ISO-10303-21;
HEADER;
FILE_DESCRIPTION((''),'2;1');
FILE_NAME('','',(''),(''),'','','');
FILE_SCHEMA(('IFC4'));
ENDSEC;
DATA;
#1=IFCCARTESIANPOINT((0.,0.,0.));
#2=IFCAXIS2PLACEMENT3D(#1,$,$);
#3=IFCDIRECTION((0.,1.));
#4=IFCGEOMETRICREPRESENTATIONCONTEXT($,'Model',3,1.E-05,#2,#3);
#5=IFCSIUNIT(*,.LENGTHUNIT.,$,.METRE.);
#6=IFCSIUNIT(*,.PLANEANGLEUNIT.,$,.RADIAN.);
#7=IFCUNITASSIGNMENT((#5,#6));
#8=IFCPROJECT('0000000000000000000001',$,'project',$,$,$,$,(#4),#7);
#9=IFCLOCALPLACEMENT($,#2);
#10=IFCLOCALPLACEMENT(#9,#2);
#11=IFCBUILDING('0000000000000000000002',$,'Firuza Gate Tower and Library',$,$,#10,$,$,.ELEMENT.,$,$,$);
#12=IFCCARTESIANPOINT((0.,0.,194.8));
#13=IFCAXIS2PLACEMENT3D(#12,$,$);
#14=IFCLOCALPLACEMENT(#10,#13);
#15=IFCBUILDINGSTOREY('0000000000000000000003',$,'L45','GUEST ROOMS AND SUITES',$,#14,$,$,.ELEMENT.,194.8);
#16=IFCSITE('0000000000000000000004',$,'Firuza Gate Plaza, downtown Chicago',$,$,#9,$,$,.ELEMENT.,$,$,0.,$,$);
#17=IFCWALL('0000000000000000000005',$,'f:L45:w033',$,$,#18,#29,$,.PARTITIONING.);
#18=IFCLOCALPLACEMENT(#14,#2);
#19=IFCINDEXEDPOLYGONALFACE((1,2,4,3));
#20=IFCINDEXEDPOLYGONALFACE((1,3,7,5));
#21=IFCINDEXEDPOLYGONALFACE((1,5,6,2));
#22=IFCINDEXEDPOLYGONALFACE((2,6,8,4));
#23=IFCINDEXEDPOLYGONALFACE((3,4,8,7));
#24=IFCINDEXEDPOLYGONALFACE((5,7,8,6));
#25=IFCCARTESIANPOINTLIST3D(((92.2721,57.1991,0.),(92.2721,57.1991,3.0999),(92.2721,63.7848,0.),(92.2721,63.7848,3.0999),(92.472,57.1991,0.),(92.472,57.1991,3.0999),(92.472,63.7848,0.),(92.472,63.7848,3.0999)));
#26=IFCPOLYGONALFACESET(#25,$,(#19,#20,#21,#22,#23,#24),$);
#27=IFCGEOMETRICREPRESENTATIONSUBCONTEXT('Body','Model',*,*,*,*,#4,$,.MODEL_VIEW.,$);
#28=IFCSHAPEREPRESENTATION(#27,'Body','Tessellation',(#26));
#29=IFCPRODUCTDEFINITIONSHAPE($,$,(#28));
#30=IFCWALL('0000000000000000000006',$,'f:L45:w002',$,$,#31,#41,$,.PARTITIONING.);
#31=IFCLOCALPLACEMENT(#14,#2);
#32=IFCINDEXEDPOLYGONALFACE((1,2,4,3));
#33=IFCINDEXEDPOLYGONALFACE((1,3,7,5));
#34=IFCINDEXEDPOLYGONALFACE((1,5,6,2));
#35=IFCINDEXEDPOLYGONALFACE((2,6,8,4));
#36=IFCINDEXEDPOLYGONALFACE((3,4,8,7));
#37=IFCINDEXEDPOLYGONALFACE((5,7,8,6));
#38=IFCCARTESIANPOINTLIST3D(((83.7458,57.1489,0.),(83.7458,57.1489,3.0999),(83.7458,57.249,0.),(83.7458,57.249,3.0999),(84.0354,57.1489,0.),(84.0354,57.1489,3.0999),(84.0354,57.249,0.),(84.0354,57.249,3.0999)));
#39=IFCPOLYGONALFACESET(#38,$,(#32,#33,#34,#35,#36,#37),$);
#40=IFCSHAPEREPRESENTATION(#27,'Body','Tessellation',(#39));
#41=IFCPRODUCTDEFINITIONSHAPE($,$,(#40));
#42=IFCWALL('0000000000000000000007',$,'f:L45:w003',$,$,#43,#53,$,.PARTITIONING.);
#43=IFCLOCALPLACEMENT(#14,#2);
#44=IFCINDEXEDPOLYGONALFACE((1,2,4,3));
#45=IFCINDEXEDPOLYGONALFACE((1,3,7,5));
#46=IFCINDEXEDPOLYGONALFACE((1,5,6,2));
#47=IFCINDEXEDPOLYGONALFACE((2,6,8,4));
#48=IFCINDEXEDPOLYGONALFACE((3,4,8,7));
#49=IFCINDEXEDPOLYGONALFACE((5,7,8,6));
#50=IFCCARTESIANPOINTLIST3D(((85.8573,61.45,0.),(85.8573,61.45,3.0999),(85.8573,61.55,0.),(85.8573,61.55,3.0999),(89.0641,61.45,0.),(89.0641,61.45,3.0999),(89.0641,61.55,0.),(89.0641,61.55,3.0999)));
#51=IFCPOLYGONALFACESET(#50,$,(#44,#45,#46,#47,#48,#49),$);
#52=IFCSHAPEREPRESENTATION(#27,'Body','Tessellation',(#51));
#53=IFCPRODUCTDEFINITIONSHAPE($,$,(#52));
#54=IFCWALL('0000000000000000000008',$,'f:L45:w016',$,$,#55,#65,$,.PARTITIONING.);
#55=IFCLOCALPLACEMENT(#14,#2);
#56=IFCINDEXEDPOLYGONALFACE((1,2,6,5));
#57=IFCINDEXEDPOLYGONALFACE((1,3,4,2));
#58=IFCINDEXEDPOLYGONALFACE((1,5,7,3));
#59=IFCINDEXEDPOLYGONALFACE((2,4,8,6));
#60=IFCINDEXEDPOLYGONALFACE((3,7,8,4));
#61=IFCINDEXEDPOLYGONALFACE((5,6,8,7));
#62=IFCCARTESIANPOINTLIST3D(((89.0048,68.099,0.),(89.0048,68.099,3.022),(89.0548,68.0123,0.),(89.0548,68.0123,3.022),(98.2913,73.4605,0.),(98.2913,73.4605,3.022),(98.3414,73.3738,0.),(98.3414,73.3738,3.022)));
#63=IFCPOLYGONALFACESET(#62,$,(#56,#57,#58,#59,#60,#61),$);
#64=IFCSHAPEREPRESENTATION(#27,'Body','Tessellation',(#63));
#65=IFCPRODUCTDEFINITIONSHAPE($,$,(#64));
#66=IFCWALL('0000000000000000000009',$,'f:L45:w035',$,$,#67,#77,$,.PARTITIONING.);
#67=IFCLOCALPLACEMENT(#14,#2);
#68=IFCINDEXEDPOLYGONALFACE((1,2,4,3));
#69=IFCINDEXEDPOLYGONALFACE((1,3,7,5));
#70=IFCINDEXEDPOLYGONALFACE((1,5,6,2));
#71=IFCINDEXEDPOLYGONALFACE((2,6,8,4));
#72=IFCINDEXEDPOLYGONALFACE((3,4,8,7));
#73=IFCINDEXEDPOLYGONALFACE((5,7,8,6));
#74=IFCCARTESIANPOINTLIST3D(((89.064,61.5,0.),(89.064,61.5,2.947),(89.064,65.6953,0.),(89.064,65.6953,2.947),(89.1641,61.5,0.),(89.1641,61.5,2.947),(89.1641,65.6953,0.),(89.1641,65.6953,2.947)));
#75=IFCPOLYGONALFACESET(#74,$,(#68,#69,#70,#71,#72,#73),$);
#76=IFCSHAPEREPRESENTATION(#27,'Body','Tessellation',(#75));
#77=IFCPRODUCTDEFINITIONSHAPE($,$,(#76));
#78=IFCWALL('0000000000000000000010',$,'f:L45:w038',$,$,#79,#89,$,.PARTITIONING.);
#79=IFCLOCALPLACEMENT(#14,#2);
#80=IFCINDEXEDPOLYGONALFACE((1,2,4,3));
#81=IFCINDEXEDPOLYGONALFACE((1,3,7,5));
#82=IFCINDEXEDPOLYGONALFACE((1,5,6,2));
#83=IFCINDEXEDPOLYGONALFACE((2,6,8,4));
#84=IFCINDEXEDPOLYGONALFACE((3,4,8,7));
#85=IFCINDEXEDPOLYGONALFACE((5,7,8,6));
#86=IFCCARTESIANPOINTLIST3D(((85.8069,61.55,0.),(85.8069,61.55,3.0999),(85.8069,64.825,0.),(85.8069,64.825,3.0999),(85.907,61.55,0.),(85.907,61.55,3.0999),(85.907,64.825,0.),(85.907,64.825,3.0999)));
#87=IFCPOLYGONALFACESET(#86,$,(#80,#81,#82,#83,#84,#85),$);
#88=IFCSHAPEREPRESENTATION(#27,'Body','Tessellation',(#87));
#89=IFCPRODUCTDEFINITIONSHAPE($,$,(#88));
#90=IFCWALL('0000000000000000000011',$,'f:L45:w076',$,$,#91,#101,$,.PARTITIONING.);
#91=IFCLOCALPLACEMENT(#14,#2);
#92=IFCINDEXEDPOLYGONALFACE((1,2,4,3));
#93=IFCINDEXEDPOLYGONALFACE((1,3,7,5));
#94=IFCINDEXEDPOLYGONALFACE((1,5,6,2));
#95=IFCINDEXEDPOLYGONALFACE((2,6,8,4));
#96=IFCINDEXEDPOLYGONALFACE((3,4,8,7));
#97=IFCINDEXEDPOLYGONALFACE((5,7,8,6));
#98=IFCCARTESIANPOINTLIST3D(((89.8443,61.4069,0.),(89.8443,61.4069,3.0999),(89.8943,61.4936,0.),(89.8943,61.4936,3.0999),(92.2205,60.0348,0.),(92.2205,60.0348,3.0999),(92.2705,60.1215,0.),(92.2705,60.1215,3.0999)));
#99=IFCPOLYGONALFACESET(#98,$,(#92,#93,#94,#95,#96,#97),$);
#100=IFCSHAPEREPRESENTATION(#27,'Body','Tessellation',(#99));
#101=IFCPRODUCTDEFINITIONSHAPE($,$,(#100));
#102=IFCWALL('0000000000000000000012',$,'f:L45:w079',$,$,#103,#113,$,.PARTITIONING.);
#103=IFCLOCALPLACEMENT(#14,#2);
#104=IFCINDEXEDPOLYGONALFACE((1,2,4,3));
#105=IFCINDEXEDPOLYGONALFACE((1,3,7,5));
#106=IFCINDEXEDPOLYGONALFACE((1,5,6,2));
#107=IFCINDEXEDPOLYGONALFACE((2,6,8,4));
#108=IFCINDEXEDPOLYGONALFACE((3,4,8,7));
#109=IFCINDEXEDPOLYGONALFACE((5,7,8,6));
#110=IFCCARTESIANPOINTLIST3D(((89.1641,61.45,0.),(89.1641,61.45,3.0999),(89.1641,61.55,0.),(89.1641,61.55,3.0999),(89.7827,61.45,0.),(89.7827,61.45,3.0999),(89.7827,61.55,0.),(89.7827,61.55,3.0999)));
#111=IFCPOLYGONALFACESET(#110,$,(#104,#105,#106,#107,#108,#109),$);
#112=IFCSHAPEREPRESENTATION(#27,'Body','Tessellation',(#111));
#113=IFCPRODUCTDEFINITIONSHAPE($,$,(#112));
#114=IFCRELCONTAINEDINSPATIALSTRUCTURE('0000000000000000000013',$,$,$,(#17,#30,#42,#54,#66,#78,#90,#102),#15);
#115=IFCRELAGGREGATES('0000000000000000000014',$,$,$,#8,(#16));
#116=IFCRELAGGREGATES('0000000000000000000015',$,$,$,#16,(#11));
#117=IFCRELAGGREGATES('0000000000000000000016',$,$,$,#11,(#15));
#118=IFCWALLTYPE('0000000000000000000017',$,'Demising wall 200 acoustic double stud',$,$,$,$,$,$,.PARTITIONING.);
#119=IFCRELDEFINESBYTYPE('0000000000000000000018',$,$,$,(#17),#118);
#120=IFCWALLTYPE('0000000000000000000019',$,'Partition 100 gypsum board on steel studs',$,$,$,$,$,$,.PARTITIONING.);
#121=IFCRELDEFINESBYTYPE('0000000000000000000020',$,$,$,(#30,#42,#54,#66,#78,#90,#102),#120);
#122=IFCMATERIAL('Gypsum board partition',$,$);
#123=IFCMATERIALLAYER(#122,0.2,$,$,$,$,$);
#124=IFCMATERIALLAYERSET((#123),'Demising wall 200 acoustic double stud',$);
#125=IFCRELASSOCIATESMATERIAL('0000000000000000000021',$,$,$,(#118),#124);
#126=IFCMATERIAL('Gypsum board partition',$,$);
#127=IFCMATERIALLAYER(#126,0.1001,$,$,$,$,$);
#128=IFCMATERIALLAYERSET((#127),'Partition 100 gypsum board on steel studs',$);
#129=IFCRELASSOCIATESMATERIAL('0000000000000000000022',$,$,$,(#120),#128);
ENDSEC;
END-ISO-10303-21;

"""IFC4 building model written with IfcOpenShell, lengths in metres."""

from ifc_helpers import new_model, si_unit, direction, frame, frame_2d, origin, place, context, subcontext, project, spatial, rectangle, extrude, material, layer, layer_set, type_object, element, save


model = new_model("IFC4")

# Units and contexts
model_context = context("Model", 3, precision=1e-05, world=origin(), true_north=direction((0.0, 1.0)))
body_context = subcontext(model_context, "Body", "Model", "MODEL_VIEW")
ifc_project = project(units=[si_unit("LENGTHUNIT", "METRE"), si_unit("PLANEANGLEUNIT", "RADIAN")], contexts=[model_context])

# Site, building, storey
site_placement = place(None, origin())
site = spatial("IfcSite", under=ifc_project, at=site_placement, Name="Firuza Gate Plaza, downtown Chicago", CompositionType="ELEMENT", RefElevation=0.0)
building_placement = place(site_placement, origin())
building = spatial("IfcBuilding", under=site, at=building_placement, Name="Firuza Gate Tower and Library", CompositionType="ELEMENT")
storey_placement = place(building_placement, frame((0.0, 0.0, 194.8)))
storey = spatial("IfcBuildingStorey", under=building, at=storey_placement, Name="L45", Description="GUEST ROOMS AND SUITES", CompositionType="ELEMENT", Elevation=194.8)

# Walls
ifc_material_1 = material(Name="Gypsum board partition")
ifc_layer_1 = layer(ifc_material_1, 0.2)
ifc_layer_set_1 = layer_set([ifc_layer_1], Name="Demising wall 200 acoustic double stud")
wall_type_1 = type_object("IfcWallType", Name="Demising wall 200 acoustic double stud", PredefinedType="PARTITIONING", material=ifc_layer_set_1)
wall_1_placement = place(storey_placement, frame((92.3721, 57.199, 0.0), z_axis=(0.0, 0.0, 1.0), x_axis=(0.0, 1.0, 0.0)))
element("IfcWall", 1, at=wall_1_placement, inside=storey, type_object=wall_type_1, Name="f:L45:w033", PredefinedType="PARTITIONING", context=body_context, shape_type="SweptSolid", body=[
    extrude(rectangle(XDim=6.5857, YDim=0.2, at=frame_2d((3.293, 0.0))), origin(), (0.0, 0.0, 1.0), 3.0999),
])
ifc_material_2 = material(Name="Gypsum board partition")
ifc_layer_2 = layer(ifc_material_2, 0.1001)
ifc_layer_set_2 = layer_set([ifc_layer_2], Name="Partition 100 gypsum board on steel studs")
wall_type_2 = type_object("IfcWallType", Name="Partition 100 gypsum board on steel studs", PredefinedType="PARTITIONING", material=ifc_layer_set_2)
wall_2_placement = place(storey_placement, frame((83.7458, 57.199, 0.0), z_axis=(0.0, 0.0, 1.0), x_axis=(1.0, 0.0, 0.0)))
element("IfcWall", 2, at=wall_2_placement, inside=storey, type_object=wall_type_2, Name="f:L45:w002", PredefinedType="PARTITIONING", context=body_context, shape_type="SweptSolid", body=[
    extrude(rectangle(XDim=0.2896, YDim=0.1001, at=frame_2d((0.1448, 0.0))), origin(), (0.0, 0.0, 1.0), 3.0999),
])
wall_3_placement = place(storey_placement, frame((85.8572, 61.5, 0.0), z_axis=(0.0, 0.0, 1.0), x_axis=(1.0, 0.0, 0.0)))
element("IfcWall", 3, at=wall_3_placement, inside=storey, type_object=wall_type_2, Name="f:L45:w003", PredefinedType="PARTITIONING", context=body_context, shape_type="SweptSolid", body=[
    extrude(rectangle(XDim=3.2068, YDim=0.1001, at=frame_2d((1.6035, 0.0))), origin(), (0.0, 0.0, 1.0), 3.0999),
])
wall_4_placement = place(storey_placement, frame((89.0298, 68.0557, 0.0), z_axis=(0.0, 0.0, 1.0), x_axis=(0.866028, 0.499996, 0.0)))
element("IfcWall", 4, at=wall_4_placement, inside=storey, type_object=wall_type_2, Name="f:L45:w016", PredefinedType="PARTITIONING", context=body_context, shape_type="SweptSolid", body=[
    extrude(rectangle(XDim=10.7231, YDim=0.1001, at=frame_2d((5.3616, 0.0))), origin(), (0.0, 0.0, 1.0), 3.022),
])
wall_5_placement = place(storey_placement, frame((89.114, 61.5, 0.0), z_axis=(0.0, 0.0, 1.0), x_axis=(0.0, 1.0, 0.0)))
element("IfcWall", 5, at=wall_5_placement, inside=storey, type_object=wall_type_2, Name="f:L45:w035", PredefinedType="PARTITIONING", context=body_context, shape_type="SweptSolid", body=[
    extrude(rectangle(XDim=4.1953, YDim=0.1001, at=frame_2d((2.0977, 0.0))), origin(), (0.0, 0.0, 1.0), 2.947),
])
wall_6_placement = place(storey_placement, frame((85.8569, 61.55, 0.0), z_axis=(0.0, 0.0, 1.0), x_axis=(0.0, 1.0, 0.0)))
element("IfcWall", 6, at=wall_6_placement, inside=storey, type_object=wall_type_2, Name="f:L45:w038", PredefinedType="PARTITIONING", context=body_context, shape_type="SweptSolid", body=[
    extrude(rectangle(XDim=3.2749, YDim=0.1001, at=frame_2d((1.6375, 0.0))), origin(), (0.0, 0.0, 1.0), 3.0999),
])
wall_7_placement = place(storey_placement, frame((92.2456, 60.0781, 0.0), z_axis=(0.0, 0.0, 1.0), x_axis=(-0.866, 0.500043, 0.0)))
element("IfcWall", 7, at=wall_7_placement, inside=storey, type_object=wall_type_2, Name="f:L45:w076", PredefinedType="PARTITIONING", context=body_context, shape_type="SweptSolid", body=[
    extrude(rectangle(XDim=2.7439, YDim=0.1001, at=frame_2d((1.3721, 0.0))), origin(), (0.0, 0.0, 1.0), 3.0999),
])
wall_8_placement = place(storey_placement, frame((89.1641, 61.5, 0.0), z_axis=(0.0, 0.0, 1.0), x_axis=(1.0, 0.0, 0.0)))
element("IfcWall", 8, at=wall_8_placement, inside=storey, type_object=wall_type_2, Name="f:L45:w079", PredefinedType="PARTITIONING", context=body_context, shape_type="SweptSolid", body=[
    extrude(rectangle(XDim=0.6187, YDim=0.1001, at=frame_2d((0.3093, 0.0))), origin(), (0.0, 0.0, 1.0), 3.0999),
])

save(model, "model.ifc")
